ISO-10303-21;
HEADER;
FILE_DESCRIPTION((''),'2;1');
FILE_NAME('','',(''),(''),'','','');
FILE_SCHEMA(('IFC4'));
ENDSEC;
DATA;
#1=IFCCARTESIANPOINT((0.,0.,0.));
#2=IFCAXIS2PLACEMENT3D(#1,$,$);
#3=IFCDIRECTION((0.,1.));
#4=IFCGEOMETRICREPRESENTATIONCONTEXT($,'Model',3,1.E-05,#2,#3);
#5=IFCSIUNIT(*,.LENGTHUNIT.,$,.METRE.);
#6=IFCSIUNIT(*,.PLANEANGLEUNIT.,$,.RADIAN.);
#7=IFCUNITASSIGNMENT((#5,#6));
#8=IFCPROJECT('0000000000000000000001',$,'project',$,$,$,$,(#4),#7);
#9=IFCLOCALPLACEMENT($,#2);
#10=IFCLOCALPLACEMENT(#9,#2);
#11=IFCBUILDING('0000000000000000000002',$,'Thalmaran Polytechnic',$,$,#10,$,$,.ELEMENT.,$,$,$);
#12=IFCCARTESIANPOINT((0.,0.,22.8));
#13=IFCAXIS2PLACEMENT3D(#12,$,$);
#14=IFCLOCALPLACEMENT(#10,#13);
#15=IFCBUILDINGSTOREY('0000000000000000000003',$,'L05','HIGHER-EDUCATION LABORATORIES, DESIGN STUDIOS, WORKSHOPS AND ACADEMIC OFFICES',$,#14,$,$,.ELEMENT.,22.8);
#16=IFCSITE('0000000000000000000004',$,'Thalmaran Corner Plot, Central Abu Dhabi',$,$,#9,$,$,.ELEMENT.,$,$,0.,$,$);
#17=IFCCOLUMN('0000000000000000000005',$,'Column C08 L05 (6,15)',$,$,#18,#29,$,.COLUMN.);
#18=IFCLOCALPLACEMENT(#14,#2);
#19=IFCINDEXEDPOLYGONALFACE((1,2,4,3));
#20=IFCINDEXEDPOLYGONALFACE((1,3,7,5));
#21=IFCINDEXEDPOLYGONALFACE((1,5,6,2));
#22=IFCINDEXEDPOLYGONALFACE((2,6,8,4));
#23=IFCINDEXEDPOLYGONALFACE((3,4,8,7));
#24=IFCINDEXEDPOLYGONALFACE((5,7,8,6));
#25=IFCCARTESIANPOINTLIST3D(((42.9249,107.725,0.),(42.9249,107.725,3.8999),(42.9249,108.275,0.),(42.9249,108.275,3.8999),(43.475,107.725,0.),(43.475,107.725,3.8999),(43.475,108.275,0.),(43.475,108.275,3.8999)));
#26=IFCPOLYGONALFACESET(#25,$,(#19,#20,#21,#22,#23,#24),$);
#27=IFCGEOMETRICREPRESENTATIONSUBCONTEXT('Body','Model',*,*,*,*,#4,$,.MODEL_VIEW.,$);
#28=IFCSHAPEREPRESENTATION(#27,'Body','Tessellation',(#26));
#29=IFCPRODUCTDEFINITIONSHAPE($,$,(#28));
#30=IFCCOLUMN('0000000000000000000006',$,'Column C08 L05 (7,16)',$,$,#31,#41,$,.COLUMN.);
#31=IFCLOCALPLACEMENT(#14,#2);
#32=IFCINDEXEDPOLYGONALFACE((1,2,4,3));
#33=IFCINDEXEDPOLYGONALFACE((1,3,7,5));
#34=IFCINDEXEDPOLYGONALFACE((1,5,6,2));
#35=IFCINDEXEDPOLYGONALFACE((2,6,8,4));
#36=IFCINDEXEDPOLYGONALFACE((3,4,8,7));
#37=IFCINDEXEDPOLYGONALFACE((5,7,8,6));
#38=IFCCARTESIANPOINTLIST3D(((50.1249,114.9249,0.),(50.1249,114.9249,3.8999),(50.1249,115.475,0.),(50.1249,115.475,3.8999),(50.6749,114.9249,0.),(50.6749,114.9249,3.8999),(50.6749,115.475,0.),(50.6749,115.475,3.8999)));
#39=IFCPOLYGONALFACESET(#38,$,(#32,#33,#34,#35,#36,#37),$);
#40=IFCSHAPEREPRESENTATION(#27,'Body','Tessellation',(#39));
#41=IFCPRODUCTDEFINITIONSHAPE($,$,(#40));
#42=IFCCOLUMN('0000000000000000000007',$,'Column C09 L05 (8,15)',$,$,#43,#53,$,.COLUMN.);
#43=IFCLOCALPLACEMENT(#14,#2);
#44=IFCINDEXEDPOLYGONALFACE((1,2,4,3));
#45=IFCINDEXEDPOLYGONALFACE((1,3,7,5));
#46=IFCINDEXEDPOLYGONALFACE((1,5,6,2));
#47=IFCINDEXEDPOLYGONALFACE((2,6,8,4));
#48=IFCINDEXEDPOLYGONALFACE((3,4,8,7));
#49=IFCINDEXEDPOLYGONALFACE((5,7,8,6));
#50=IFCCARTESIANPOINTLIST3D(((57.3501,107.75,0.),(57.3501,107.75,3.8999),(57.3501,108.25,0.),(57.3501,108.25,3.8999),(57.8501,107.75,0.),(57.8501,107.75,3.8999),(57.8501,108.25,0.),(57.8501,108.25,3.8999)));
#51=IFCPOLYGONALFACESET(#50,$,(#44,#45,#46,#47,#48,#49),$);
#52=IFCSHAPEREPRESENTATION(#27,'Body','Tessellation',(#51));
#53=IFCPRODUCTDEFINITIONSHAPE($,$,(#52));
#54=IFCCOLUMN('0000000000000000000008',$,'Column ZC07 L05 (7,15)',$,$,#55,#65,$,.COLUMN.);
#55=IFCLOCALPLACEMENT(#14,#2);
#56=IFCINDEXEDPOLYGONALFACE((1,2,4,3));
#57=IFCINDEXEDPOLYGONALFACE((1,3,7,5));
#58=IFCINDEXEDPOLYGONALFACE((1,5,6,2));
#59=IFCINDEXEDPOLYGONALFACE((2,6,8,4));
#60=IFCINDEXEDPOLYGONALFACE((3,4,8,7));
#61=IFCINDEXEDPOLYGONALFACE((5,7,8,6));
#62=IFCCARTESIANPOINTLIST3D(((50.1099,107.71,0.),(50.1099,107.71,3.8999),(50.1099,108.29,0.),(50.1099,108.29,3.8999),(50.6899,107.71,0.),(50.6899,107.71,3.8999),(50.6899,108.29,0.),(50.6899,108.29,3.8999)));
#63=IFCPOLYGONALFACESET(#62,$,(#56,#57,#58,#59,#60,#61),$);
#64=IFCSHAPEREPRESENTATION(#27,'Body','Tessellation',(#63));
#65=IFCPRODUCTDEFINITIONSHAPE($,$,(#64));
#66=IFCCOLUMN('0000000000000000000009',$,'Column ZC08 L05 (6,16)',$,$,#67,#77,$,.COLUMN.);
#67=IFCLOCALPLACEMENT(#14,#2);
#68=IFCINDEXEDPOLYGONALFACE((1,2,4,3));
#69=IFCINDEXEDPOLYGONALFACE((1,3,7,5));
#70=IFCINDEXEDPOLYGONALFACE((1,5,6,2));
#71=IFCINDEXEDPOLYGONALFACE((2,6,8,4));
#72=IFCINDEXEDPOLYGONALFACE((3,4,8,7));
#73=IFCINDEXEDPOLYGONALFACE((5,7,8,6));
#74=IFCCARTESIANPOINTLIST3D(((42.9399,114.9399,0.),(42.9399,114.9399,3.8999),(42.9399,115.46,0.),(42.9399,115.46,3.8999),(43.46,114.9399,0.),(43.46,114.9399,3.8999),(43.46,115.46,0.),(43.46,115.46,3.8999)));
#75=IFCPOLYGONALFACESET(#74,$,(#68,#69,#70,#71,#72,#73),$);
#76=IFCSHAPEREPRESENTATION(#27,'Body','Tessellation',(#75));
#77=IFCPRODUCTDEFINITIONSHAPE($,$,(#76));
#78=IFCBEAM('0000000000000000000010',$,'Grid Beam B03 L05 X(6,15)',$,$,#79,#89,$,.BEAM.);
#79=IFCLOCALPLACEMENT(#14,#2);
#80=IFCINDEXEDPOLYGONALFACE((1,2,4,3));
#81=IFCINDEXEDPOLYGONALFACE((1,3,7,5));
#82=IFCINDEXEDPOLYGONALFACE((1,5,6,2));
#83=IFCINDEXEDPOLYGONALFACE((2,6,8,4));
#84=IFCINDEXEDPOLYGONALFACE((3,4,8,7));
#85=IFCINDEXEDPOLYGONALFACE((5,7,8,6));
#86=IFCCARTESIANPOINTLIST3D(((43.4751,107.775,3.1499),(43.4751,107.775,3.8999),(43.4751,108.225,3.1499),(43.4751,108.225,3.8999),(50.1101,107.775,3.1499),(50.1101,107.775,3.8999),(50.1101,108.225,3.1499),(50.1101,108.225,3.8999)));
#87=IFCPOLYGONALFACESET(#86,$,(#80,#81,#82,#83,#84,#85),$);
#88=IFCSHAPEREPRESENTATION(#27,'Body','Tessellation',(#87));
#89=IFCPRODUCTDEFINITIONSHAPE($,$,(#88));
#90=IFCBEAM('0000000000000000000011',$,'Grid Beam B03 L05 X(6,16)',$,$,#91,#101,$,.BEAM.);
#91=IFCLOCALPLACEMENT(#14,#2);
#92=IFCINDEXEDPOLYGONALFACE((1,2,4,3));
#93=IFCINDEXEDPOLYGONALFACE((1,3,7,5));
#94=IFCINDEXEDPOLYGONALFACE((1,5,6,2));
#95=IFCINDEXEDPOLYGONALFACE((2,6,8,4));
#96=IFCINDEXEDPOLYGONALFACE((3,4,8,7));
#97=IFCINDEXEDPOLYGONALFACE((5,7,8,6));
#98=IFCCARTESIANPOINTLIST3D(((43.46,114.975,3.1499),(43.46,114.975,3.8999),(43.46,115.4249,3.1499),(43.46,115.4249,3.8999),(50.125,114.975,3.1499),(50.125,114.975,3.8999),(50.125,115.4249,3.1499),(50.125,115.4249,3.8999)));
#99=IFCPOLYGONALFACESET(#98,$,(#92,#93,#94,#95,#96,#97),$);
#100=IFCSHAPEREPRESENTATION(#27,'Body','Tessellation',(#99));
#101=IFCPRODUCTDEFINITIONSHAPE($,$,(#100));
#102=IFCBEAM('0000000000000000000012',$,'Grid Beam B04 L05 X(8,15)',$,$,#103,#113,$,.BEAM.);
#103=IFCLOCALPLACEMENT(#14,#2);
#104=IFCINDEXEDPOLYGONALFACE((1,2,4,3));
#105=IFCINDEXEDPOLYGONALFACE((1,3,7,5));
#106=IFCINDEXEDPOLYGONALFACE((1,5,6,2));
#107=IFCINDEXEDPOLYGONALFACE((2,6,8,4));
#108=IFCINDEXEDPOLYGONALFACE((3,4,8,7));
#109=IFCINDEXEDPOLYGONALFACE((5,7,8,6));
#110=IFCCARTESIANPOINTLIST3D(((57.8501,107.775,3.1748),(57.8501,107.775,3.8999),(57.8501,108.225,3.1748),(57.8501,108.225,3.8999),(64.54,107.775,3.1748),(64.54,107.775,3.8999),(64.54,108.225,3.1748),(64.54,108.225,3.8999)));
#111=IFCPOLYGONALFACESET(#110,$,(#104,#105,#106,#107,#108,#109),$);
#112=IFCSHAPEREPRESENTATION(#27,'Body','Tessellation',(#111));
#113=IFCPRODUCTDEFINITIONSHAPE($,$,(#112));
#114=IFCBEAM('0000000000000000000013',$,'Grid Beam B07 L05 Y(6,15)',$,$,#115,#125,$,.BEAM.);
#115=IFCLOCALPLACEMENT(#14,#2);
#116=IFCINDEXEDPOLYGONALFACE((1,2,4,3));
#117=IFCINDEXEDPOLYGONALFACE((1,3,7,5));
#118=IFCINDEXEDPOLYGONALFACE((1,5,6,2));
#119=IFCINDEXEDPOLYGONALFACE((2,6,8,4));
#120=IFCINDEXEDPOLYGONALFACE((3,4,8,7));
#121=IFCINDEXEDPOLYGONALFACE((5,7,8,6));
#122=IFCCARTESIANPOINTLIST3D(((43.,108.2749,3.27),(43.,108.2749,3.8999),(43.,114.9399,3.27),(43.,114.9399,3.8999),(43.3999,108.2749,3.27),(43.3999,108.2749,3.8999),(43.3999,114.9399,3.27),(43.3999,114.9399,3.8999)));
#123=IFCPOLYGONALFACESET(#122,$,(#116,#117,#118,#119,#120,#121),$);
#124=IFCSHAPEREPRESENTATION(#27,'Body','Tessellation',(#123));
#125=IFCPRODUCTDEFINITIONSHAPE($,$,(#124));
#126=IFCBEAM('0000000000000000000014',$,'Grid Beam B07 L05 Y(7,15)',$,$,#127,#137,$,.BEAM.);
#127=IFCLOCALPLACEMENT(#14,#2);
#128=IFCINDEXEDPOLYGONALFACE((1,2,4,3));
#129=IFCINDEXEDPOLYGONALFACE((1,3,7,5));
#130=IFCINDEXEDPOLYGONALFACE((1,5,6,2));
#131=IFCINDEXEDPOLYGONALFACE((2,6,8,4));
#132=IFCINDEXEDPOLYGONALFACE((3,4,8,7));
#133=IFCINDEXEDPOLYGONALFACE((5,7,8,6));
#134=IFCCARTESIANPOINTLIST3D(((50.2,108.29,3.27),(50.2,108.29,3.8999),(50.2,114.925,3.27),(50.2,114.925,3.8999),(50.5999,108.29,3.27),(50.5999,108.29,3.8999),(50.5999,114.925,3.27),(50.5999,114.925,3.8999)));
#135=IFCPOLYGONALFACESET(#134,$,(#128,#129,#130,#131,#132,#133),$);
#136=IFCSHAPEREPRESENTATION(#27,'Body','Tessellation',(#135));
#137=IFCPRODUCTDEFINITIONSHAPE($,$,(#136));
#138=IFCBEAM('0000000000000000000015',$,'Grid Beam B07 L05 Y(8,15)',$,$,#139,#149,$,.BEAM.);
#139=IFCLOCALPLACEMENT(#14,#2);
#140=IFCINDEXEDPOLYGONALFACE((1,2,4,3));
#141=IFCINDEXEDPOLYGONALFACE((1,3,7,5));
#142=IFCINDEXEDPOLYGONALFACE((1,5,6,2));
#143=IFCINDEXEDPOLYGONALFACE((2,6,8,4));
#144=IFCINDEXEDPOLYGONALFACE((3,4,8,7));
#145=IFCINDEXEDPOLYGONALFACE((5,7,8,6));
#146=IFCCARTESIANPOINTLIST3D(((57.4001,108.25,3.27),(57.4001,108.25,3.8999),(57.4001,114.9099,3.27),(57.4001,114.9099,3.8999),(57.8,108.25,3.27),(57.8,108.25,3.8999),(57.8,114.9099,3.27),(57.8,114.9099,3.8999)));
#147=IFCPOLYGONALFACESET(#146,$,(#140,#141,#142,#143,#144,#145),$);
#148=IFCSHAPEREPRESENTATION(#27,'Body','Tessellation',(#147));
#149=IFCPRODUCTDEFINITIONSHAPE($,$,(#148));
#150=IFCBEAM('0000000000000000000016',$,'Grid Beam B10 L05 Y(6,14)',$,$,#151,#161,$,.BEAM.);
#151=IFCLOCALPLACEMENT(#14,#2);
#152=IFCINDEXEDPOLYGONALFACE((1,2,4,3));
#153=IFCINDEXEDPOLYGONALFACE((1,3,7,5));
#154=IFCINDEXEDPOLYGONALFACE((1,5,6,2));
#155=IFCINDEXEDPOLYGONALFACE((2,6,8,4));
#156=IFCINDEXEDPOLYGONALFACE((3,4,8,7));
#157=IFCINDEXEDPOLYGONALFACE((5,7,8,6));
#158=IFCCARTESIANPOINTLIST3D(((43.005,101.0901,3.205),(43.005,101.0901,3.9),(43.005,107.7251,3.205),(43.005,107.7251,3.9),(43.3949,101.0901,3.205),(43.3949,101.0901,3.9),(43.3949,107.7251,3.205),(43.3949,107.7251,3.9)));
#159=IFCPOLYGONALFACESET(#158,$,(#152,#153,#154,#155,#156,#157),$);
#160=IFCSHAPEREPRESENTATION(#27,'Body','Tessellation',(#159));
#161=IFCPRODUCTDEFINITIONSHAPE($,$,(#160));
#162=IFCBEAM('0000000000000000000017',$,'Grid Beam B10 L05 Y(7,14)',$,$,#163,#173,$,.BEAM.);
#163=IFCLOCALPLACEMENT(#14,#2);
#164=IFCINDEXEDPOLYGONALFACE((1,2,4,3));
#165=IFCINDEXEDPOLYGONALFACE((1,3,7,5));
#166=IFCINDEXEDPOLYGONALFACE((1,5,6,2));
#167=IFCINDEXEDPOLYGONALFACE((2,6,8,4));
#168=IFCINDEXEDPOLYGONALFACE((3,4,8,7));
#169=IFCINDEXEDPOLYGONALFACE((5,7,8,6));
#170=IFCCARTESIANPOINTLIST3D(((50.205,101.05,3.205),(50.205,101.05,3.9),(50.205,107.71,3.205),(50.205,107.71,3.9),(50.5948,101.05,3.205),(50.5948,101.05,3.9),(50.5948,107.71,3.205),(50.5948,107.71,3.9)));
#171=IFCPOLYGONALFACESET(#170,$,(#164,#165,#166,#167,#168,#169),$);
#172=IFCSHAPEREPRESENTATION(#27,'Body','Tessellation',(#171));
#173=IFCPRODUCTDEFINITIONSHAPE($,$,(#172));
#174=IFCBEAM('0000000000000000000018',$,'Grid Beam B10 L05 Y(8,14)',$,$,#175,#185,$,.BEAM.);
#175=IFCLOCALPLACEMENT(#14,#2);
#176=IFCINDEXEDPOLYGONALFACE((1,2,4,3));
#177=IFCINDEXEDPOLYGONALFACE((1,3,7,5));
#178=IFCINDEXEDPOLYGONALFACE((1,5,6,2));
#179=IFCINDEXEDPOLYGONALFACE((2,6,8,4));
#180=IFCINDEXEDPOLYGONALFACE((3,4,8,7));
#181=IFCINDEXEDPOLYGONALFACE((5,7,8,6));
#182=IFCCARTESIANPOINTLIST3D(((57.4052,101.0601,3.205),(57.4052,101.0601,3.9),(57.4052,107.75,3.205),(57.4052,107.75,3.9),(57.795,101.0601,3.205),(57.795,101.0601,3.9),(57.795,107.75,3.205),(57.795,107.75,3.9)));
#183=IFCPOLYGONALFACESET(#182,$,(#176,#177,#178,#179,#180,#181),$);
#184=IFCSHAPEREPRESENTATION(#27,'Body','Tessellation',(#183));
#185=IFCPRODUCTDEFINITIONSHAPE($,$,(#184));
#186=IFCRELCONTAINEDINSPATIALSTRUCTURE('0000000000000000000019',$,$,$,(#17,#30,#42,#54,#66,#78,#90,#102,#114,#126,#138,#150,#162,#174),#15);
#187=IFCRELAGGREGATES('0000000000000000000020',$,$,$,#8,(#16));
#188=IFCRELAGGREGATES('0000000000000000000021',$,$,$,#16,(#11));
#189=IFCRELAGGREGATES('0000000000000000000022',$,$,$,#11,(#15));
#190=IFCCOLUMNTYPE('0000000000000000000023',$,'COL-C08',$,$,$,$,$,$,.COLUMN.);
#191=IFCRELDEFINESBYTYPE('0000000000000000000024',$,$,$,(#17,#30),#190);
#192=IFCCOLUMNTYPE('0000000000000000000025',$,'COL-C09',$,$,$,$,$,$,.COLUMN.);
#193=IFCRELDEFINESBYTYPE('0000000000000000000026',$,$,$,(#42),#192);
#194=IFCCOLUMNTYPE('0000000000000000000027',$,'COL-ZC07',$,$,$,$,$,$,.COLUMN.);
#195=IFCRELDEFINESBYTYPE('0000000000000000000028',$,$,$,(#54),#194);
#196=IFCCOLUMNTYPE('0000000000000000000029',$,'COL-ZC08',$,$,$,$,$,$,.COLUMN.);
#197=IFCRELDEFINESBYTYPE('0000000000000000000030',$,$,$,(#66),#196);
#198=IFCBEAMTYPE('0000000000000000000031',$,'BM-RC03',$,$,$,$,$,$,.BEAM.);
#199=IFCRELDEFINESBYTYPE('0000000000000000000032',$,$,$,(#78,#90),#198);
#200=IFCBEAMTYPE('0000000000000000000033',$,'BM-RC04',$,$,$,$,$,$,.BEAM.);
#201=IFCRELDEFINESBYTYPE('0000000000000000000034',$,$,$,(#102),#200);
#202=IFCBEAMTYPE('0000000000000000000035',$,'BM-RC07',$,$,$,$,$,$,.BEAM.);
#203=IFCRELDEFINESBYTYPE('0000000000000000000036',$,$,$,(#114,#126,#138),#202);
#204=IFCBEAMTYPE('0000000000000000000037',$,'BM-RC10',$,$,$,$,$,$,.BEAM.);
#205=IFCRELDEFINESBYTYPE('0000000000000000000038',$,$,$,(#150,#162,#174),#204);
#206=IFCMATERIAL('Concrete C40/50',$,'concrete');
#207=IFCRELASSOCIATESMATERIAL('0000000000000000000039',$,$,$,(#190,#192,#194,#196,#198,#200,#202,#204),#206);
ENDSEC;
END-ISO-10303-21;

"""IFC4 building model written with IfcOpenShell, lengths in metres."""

from ifc_helpers import new_model, si_unit, direction, frame, origin, origin_2d, place, context, subcontext, project, spatial, rectangle, extrude, material, material_profile, profile_set, type_object, element, save


model = new_model("IFC4")

# Units and contexts
model_context = context("Model", 3, precision=1e-05, world=origin(), true_north=direction((0.0, 1.0)))
body_context = subcontext(model_context, "Body", "Model", "MODEL_VIEW")
ifc_project = project(units=[si_unit("LENGTHUNIT", "METRE"), si_unit("PLANEANGLEUNIT", "RADIAN")], contexts=[model_context])

# Site, building, storey
site_placement = place(None, origin())
site = spatial("IfcSite", under=ifc_project, at=site_placement, Name="Thalmaran Corner Plot, Central Abu Dhabi", CompositionType="ELEMENT", RefElevation=0.0)
building_placement = place(site_placement, origin())
building = spatial("IfcBuilding", under=site, at=building_placement, Name="Thalmaran Polytechnic", CompositionType="ELEMENT")
storey_placement = place(building_placement, frame((0.0, 0.0, 22.8)))
storey = spatial("IfcBuildingStorey", under=building, at=storey_placement, Name="L05", Description="HIGHER-EDUCATION LABORATORIES, DESIGN STUDIOS, WORKSHOPS AND ACADEMIC OFFICES", CompositionType="ELEMENT", Elevation=22.8)

# Columns
ifc_material_1 = material(Name="Concrete C40/50", Category="concrete")
ifc_material_profile_1 = material_profile(ifc_material_1, rectangle(XDim=0.55, YDim=0.55, at=origin_2d()), Name="RC 550x550")
ifc_profile_set_1 = profile_set([ifc_material_profile_1], Name="Concrete C40/50")
column_type_1 = type_object("IfcColumnType", Name="COL-C08", PredefinedType="COLUMN", material=ifc_profile_set_1)
for number, where, z_axis, x_axis, name in (
    (1, (43.2, 108.0, 0.0), (0.0, 0.0, 1.0), (1.0, 0.0, 0.0), "Column C08 L05 (6,15)"),
    (2, (50.3999, 115.2, 0.0), (0.0, 0.0, 1.0), (1.0, 0.0, 0.0), "Column C08 L05 (7,16)"),
):
    element("IfcColumn", number, at=place(storey_placement, frame(where, z_axis=z_axis, x_axis=x_axis)), inside=storey, type_object=column_type_1, Name=name, PredefinedType="COLUMN", context=body_context, shape_type="SweptSolid", body=[
        extrude(rectangle(XDim=0.55, YDim=0.55, at=origin_2d()), origin(), (0.0, 0.0, 1.0), 3.8999),
    ])
ifc_material_profile_2 = material_profile(ifc_material_1, rectangle(XDim=0.5, YDim=0.5, at=origin_2d()), Name="RC 500x500")
ifc_profile_set_2 = profile_set([ifc_material_profile_2], Name="Concrete C40/50")
column_type_2 = type_object("IfcColumnType", Name="COL-C09", PredefinedType="COLUMN", material=ifc_profile_set_2)
column_1_placement = place(storey_placement, frame((57.6001, 108.0, 0.0), z_axis=(0.0, 0.0, 1.0), x_axis=(1.0, 0.0, 0.0)))
element("IfcColumn", 3, at=column_1_placement, inside=storey, type_object=column_type_2, Name="Column C09 L05 (8,15)", PredefinedType="COLUMN", context=body_context, shape_type="SweptSolid", body=[
    extrude(rectangle(XDim=0.5, YDim=0.5, at=origin_2d()), origin(), (0.0, 0.0, 1.0), 3.8999),
])
ifc_material_profile_3 = material_profile(ifc_material_1, rectangle(XDim=0.5801, YDim=0.5801, at=origin_2d()), Name="RC 580x580")
ifc_profile_set_3 = profile_set([ifc_material_profile_3], Name="Concrete C40/50")
column_type_3 = type_object("IfcColumnType", Name="COL-ZC07", PredefinedType="COLUMN", material=ifc_profile_set_3)
column_2_placement = place(storey_placement, frame((50.3999, 108.0, 0.0), z_axis=(0.0, 0.0, 1.0), x_axis=(1.0, 0.0, 0.0)))
element("IfcColumn", 4, at=column_2_placement, inside=storey, type_object=column_type_3, Name="Column ZC07 L05 (7,15)", PredefinedType="COLUMN", context=body_context, shape_type="SweptSolid", body=[
    extrude(rectangle(XDim=0.5801, YDim=0.5801, at=origin_2d()), origin(), (0.0, 0.0, 1.0), 3.8999),
])
ifc_material_profile_4 = material_profile(ifc_material_1, rectangle(XDim=0.52, YDim=0.52, at=origin_2d()), Name="RC 520x520")
ifc_profile_set_4 = profile_set([ifc_material_profile_4], Name="Concrete C40/50")
column_type_4 = type_object("IfcColumnType", Name="COL-ZC08", PredefinedType="COLUMN", material=ifc_profile_set_4)
column_3_placement = place(storey_placement, frame((43.2, 115.2, 0.0), z_axis=(0.0, 0.0, 1.0), x_axis=(1.0, 0.0, 0.0)))
element("IfcColumn", 5, at=column_3_placement, inside=storey, type_object=column_type_4, Name="Column ZC08 L05 (6,16)", PredefinedType="COLUMN", context=body_context, shape_type="SweptSolid", body=[
    extrude(rectangle(XDim=0.52, YDim=0.52, at=origin_2d()), origin(), (0.0, 0.0, 1.0), 3.8999),
])

# Beams
ifc_material_profile_5 = material_profile(ifc_material_1, rectangle(XDim=0.45, YDim=0.75, at=origin_2d()), Name="RC 450x750")
ifc_profile_set_5 = profile_set([ifc_material_profile_5], Name="Concrete C40/50")
beam_type_1 = type_object("IfcBeamType", Name="BM-RC03", PredefinedType="BEAM", material=ifc_profile_set_5)
beam_1_placement = place(storey_placement, frame((43.4751, 108.0, 3.5249), z_axis=(1.0, 0.0, 0.0), x_axis=(0.0, 1.0, 0.0)))
element("IfcBeam", 6, at=beam_1_placement, inside=storey, type_object=beam_type_1, Name="Grid Beam B03 L05 X(6,15)", PredefinedType="BEAM", context=body_context, shape_type="SweptSolid", body=[
    extrude(rectangle(XDim=0.45, YDim=0.75, at=origin_2d()), origin(), (0.0, 0.0, 1.0), 6.635),
])
beam_2_placement = place(storey_placement, frame((43.46, 115.2, 3.5249), z_axis=(1.0, 0.0, 0.0), x_axis=(0.0, 1.0, 0.0)))
element("IfcBeam", 7, at=beam_2_placement, inside=storey, type_object=beam_type_1, Name="Grid Beam B03 L05 X(6,16)", PredefinedType="BEAM", context=body_context, shape_type="SweptSolid", body=[
    extrude(rectangle(XDim=0.45, YDim=0.75, at=origin_2d()), origin(), (0.0, 0.0, 1.0), 6.665),
])
ifc_material_profile_6 = material_profile(ifc_material_1, rectangle(XDim=0.45, YDim=0.7251, at=origin_2d()), Name="RC 450x725")
ifc_profile_set_6 = profile_set([ifc_material_profile_6], Name="Concrete C40/50")
beam_type_2 = type_object("IfcBeamType", Name="BM-RC04", PredefinedType="BEAM", material=ifc_profile_set_6)
beam_3_placement = place(storey_placement, frame((57.8501, 108.0, 3.5374), z_axis=(1.0, 0.0, 0.0), x_axis=(0.0, 1.0, 0.0)))
element("IfcBeam", 8, at=beam_3_placement, inside=storey, type_object=beam_type_2, Name="Grid Beam B04 L05 X(8,15)", PredefinedType="BEAM", context=body_context, shape_type="SweptSolid", body=[
    extrude(rectangle(XDim=0.45, YDim=0.7251, at=origin_2d()), origin(), (0.0, 0.0, 1.0), 6.6899),
])
ifc_material_profile_7 = material_profile(ifc_material_1, rectangle(XDim=0.3999, YDim=0.6299, at=origin_2d()), Name="RC 400x630")
ifc_profile_set_7 = profile_set([ifc_material_profile_7], Name="Concrete C40/50")
beam_type_3 = type_object("IfcBeamType", Name="BM-RC07", PredefinedType="BEAM", material=ifc_profile_set_7)
beam_4_placement = place(storey_placement, frame((43.2, 108.2749, 3.585), z_axis=(0.0, 1.0, 0.0), x_axis=(-1.0, 0.0, 0.0)))
element("IfcBeam", 9, at=beam_4_placement, inside=storey, type_object=beam_type_3, Name="Grid Beam B07 L05 Y(6,15)", PredefinedType="BEAM", context=body_context, shape_type="SweptSolid", body=[
    extrude(rectangle(XDim=0.3999, YDim=0.6299, at=origin_2d()), origin(), (0.0, 0.0, 1.0), 6.665),
])
beam_5_placement = place(storey_placement, frame((50.3999, 108.29, 3.585), z_axis=(0.0, 1.0, 0.0), x_axis=(-1.0, 0.0, 0.0)))
element("IfcBeam", 10, at=beam_5_placement, inside=storey, type_object=beam_type_3, Name="Grid Beam B07 L05 Y(7,15)", PredefinedType="BEAM", context=body_context, shape_type="SweptSolid", body=[
    extrude(rectangle(XDim=0.3999, YDim=0.6299, at=origin_2d()), origin(), (0.0, 0.0, 1.0), 6.635),
])
beam_6_placement = place(storey_placement, frame((57.6001, 108.25, 3.585), z_axis=(0.0, 1.0, 0.0), x_axis=(-1.0, 0.0, 0.0)))
element("IfcBeam", 11, at=beam_6_placement, inside=storey, type_object=beam_type_3, Name="Grid Beam B07 L05 Y(8,15)", PredefinedType="BEAM", context=body_context, shape_type="SweptSolid", body=[
    extrude(rectangle(XDim=0.3999, YDim=0.6299, at=origin_2d()), origin(), (0.0, 0.0, 1.0), 6.6599),
])
ifc_material_profile_8 = material_profile(ifc_material_1, rectangle(XDim=0.3899, YDim=0.6951, at=origin_2d()), Name="RC 390x695")
ifc_profile_set_8 = profile_set([ifc_material_profile_8], Name="Concrete C40/50")
beam_type_4 = type_object("IfcBeamType", Name="BM-RC10", PredefinedType="BEAM", material=ifc_profile_set_8)
beam_7_placement = place(storey_placement, frame((43.2, 101.0901, 3.5525), z_axis=(0.0, 1.0, 0.0), x_axis=(-1.0, 0.0, 0.0)))
element("IfcBeam", 12, at=beam_7_placement, inside=storey, type_object=beam_type_4, Name="Grid Beam B10 L05 Y(6,14)", PredefinedType="BEAM", context=body_context, shape_type="SweptSolid", body=[
    extrude(rectangle(XDim=0.3899, YDim=0.6951, at=origin_2d()), origin(), (0.0, 0.0, 1.0), 6.635),
])
beam_8_placement = place(storey_placement, frame((50.3999, 101.05, 3.5525), z_axis=(0.0, 1.0, 0.0), x_axis=(-1.0, 0.0, 0.0)))
element("IfcBeam", 13, at=beam_8_placement, inside=storey, type_object=beam_type_4, Name="Grid Beam B10 L05 Y(7,14)", PredefinedType="BEAM", context=body_context, shape_type="SweptSolid", body=[
    extrude(rectangle(XDim=0.3899, YDim=0.6951, at=origin_2d()), origin(), (0.0, 0.0, 1.0), 6.6599),
])
beam_9_placement = place(storey_placement, frame((57.6001, 101.0601, 3.5525), z_axis=(0.0, 1.0, 0.0), x_axis=(-1.0, 0.0, 0.0)))
element("IfcBeam", 14, at=beam_9_placement, inside=storey, type_object=beam_type_4, Name="Grid Beam B10 L05 Y(8,14)", PredefinedType="BEAM", context=body_context, shape_type="SweptSolid", body=[
    extrude(rectangle(XDim=0.3899, YDim=0.6951, at=origin_2d()), origin(), (0.0, 0.0, 1.0), 6.6899),
])

save(model, "model.ifc")
